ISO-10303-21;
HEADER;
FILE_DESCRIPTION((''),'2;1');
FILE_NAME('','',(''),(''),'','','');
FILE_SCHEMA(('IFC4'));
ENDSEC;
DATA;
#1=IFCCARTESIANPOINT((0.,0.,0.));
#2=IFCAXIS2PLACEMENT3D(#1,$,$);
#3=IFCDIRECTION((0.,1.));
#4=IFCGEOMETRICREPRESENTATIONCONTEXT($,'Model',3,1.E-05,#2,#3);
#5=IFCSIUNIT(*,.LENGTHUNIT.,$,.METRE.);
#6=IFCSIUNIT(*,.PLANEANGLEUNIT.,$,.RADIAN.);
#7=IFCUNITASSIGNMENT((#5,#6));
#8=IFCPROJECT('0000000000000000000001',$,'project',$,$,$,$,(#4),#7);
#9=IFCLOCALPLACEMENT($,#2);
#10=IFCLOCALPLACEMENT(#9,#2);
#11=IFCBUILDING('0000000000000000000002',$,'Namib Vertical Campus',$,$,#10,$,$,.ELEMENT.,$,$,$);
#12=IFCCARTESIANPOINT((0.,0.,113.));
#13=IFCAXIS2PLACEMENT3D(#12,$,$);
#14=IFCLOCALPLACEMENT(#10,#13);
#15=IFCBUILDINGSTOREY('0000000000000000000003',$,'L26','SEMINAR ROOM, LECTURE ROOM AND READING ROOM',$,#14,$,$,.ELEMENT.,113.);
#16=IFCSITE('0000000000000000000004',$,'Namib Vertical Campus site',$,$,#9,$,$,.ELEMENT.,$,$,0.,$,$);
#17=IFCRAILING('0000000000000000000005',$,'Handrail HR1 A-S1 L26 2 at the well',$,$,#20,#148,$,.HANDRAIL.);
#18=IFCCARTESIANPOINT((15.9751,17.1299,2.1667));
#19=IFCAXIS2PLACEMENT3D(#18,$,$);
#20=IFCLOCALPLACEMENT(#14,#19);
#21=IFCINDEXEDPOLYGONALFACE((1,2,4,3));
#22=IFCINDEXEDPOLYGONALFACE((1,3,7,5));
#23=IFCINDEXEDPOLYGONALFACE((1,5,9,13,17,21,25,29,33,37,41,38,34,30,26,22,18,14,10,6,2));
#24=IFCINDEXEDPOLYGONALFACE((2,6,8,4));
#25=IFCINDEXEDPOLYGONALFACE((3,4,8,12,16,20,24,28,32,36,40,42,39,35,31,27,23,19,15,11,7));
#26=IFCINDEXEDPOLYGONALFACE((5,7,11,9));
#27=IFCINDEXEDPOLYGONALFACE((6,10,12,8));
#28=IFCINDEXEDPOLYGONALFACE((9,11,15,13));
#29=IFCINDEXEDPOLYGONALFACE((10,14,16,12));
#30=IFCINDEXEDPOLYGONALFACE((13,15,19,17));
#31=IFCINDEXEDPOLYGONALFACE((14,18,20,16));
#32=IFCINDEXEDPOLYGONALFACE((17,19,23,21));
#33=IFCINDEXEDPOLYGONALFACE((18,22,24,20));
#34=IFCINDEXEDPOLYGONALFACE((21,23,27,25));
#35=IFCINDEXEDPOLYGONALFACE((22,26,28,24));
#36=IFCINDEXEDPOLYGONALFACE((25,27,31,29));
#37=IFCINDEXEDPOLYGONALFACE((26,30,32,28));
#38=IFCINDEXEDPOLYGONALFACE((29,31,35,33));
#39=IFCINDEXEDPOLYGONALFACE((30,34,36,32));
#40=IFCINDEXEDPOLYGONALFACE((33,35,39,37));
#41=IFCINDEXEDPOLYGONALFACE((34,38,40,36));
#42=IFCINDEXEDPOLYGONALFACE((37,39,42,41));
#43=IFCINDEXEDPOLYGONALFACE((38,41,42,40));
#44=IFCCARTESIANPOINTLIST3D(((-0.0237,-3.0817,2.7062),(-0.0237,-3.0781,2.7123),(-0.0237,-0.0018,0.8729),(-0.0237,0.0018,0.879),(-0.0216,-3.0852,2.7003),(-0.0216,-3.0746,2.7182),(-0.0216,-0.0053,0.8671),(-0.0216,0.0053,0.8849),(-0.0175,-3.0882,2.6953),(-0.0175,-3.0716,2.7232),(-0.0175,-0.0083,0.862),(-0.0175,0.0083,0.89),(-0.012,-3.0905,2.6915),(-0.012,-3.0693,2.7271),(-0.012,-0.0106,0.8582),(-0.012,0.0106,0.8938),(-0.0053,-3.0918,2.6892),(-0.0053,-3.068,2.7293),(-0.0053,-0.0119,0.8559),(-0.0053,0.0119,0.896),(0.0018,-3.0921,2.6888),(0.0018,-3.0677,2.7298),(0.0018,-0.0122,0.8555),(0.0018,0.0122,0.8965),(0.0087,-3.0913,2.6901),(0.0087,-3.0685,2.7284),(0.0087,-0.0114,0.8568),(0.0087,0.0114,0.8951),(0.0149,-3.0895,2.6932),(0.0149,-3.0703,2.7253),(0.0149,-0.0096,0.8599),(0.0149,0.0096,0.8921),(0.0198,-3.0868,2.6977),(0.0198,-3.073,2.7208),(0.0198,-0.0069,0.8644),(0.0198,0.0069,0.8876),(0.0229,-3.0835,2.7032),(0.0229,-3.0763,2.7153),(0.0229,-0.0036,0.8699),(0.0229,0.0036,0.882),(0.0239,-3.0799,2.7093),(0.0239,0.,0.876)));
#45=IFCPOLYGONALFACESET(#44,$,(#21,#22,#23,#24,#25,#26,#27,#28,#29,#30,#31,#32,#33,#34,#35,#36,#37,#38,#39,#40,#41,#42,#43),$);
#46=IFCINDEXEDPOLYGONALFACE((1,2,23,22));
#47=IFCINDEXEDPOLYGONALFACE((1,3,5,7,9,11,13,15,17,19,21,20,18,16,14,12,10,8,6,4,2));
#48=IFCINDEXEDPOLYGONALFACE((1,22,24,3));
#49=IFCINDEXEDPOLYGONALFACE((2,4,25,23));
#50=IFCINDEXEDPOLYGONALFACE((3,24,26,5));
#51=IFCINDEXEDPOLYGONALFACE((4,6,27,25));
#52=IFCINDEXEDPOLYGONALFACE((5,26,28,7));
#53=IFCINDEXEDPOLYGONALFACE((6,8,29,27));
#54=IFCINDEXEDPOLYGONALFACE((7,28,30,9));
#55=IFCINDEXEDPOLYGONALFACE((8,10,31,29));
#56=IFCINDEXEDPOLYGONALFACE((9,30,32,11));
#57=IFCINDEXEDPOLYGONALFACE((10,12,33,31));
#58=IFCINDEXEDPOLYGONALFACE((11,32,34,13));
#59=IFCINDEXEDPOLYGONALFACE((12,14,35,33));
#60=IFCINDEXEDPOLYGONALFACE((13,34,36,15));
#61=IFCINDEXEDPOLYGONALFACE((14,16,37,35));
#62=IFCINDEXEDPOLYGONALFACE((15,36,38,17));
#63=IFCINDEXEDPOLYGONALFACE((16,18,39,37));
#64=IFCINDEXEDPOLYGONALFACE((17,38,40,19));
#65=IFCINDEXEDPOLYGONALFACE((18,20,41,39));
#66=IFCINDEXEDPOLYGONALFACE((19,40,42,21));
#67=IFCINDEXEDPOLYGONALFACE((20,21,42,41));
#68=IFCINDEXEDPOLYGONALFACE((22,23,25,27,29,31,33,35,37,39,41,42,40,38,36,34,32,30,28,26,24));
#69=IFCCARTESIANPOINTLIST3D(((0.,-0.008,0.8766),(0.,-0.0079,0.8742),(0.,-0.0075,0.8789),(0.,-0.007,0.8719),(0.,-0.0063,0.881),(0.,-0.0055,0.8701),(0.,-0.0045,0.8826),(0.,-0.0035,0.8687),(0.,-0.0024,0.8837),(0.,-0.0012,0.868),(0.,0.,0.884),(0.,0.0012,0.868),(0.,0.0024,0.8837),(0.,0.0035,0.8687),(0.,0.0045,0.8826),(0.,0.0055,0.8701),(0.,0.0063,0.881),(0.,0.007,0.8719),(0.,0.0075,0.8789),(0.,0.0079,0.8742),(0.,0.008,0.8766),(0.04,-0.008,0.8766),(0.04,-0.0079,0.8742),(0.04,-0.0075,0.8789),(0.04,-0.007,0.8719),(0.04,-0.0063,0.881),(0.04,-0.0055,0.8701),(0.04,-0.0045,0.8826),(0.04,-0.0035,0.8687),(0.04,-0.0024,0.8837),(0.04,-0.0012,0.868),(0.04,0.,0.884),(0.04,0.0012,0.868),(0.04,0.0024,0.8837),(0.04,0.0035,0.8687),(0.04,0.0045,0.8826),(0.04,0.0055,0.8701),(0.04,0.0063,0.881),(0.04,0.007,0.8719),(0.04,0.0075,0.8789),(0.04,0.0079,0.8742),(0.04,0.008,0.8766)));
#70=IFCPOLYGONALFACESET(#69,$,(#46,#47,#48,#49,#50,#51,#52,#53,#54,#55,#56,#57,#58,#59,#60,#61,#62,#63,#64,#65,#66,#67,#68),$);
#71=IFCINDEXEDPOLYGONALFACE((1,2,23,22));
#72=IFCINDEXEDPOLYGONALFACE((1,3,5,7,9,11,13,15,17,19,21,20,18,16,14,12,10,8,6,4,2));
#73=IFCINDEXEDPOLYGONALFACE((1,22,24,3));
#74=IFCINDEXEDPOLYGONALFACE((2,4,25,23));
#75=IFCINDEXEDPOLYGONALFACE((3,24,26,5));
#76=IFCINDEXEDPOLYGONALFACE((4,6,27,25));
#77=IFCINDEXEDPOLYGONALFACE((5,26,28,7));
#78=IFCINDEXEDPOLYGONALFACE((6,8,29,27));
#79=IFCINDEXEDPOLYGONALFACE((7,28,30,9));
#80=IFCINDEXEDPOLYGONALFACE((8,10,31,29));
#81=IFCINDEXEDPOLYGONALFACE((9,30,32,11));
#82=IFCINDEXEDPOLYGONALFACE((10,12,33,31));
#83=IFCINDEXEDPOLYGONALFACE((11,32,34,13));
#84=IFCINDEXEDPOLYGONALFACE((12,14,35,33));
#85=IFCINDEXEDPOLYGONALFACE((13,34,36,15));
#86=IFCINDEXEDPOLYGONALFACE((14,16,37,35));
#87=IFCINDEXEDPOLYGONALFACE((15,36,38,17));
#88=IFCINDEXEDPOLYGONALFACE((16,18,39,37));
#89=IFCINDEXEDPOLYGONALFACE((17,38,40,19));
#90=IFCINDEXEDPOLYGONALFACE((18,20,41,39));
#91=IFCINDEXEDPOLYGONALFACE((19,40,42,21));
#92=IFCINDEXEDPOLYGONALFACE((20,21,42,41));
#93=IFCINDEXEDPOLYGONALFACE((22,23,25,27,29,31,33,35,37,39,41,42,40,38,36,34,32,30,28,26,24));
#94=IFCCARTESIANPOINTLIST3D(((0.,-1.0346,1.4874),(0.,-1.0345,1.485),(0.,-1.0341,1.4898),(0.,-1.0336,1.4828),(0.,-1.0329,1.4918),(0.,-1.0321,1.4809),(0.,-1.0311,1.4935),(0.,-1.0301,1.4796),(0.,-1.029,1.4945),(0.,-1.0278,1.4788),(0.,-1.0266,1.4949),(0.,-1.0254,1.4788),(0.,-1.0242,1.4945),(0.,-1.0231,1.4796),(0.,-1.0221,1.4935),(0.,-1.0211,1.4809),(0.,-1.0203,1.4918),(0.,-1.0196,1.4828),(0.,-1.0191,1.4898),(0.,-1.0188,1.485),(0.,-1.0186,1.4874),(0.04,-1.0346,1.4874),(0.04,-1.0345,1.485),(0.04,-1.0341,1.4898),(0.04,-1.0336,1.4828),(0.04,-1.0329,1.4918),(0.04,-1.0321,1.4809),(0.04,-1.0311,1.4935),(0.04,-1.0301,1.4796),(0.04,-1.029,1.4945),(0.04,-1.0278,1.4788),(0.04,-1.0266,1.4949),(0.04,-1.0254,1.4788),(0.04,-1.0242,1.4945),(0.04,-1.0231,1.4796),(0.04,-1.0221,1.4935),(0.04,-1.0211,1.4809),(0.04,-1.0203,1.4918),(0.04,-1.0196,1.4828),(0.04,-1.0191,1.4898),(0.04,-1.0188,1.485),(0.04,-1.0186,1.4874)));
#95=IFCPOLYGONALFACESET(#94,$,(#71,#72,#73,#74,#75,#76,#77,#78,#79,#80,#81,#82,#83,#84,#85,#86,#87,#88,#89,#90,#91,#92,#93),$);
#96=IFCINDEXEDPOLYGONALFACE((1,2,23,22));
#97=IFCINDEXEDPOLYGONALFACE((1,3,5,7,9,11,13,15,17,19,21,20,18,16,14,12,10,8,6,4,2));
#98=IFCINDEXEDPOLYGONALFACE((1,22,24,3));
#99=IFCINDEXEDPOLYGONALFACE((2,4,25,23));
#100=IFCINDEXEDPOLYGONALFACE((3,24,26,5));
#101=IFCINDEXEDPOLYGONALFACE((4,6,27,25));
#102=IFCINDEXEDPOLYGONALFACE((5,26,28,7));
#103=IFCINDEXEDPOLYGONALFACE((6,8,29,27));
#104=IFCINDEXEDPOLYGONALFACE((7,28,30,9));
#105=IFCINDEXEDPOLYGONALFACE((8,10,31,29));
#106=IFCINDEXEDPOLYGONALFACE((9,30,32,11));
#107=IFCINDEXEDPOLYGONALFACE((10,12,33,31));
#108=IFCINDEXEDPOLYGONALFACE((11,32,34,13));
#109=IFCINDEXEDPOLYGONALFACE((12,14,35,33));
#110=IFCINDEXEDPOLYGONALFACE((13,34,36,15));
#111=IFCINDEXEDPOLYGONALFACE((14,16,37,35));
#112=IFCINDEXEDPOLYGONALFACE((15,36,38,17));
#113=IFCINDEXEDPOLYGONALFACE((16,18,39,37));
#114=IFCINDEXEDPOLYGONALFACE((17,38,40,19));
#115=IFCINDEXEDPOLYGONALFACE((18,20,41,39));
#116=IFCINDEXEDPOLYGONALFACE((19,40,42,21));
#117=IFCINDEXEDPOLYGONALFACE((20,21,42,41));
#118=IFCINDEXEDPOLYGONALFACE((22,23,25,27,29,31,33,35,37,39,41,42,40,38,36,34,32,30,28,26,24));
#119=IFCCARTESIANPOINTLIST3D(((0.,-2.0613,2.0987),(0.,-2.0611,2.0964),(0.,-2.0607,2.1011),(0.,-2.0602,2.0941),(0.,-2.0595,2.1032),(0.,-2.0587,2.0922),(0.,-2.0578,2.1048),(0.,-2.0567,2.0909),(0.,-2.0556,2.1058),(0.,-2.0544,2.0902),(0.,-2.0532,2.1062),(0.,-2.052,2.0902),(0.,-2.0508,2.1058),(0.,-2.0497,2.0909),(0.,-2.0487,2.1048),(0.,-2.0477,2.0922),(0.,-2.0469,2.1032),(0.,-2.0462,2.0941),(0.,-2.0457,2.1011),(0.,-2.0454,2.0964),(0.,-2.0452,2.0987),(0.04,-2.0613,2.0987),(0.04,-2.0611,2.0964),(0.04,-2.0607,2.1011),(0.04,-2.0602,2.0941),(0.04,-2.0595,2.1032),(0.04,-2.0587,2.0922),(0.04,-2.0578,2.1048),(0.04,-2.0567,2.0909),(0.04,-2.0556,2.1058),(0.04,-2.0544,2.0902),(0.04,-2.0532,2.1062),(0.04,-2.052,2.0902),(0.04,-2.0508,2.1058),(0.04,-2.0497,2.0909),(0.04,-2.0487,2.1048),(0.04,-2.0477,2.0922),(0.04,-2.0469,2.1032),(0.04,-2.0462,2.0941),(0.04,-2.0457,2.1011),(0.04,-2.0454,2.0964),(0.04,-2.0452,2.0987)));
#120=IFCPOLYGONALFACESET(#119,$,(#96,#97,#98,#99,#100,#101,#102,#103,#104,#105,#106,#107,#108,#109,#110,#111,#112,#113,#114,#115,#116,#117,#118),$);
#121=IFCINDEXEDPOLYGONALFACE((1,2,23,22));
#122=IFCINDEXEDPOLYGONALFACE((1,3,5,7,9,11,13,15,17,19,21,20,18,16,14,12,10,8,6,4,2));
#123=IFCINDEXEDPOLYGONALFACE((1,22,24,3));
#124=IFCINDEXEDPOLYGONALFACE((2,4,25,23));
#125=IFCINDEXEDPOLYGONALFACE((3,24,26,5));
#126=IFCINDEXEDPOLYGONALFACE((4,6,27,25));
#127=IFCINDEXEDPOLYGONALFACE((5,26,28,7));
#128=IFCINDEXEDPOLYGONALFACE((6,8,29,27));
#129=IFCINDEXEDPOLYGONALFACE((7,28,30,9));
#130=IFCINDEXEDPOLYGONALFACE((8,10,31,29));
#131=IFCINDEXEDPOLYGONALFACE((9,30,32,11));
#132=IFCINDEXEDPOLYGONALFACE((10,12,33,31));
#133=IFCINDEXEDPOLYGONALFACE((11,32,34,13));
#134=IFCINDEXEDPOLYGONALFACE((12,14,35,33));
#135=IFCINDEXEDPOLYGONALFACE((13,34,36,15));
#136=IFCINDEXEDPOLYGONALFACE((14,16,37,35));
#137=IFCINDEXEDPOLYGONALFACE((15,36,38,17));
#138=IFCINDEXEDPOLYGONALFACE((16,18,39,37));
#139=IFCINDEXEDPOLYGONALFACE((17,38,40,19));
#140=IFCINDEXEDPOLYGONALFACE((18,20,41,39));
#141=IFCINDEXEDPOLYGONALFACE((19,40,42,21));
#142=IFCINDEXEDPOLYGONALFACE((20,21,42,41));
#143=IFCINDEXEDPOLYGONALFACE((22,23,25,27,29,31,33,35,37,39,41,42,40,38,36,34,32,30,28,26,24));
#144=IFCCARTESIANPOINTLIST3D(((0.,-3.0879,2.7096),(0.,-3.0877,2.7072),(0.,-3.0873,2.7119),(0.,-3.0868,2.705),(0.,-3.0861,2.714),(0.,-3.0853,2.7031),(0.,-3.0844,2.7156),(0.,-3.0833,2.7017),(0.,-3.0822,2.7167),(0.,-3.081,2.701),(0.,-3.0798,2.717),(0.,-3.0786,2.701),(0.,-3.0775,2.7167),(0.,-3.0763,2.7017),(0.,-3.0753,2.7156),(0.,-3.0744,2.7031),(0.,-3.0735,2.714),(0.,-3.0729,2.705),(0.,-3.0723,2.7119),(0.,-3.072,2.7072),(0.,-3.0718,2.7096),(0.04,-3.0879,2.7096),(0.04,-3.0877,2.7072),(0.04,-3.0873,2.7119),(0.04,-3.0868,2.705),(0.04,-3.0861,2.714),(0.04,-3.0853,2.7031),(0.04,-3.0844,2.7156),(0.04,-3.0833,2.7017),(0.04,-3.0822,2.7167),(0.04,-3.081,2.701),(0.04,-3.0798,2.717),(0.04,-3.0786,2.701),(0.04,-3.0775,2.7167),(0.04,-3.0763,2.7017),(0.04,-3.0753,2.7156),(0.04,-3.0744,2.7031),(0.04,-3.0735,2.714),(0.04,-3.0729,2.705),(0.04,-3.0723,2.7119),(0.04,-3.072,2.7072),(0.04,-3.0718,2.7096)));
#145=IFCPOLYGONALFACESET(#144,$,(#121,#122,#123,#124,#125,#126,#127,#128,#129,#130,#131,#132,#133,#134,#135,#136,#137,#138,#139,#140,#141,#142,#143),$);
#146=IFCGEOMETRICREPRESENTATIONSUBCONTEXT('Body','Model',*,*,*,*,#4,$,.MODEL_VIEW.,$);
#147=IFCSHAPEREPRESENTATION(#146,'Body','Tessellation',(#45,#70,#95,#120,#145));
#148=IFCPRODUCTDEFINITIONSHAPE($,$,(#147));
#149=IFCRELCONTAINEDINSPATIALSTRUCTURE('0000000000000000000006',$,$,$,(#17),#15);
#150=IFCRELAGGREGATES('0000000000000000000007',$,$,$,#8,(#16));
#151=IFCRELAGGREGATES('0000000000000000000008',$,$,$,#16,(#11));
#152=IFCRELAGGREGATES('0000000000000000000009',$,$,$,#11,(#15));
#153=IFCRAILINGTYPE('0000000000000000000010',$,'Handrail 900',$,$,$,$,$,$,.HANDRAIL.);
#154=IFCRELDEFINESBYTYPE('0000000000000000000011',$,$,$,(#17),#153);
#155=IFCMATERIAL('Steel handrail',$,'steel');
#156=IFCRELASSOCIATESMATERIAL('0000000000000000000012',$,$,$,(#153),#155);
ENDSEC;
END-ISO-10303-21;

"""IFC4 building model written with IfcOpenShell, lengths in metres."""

from ifc_helpers import new_model, si_unit, direction, frame, origin, origin_2d, place, context, subcontext, project, spatial, circle, extrude, material, type_object, element, save


model = new_model("IFC4")

# Units and contexts
model_context = context("Model", 3, precision=1e-05, world=origin(), true_north=direction((0.0, 1.0)))
body_context = subcontext(model_context, "Body", "Model", "MODEL_VIEW")
ifc_project = project(units=[si_unit("LENGTHUNIT", "METRE"), si_unit("PLANEANGLEUNIT", "RADIAN")], contexts=[model_context])

# Site, building, storey
site_placement = place(None, origin())
site = spatial("IfcSite", under=ifc_project, at=site_placement, Name="Namib Vertical Campus site", CompositionType="ELEMENT", RefElevation=0.0)
building_placement = place(site_placement, origin())
building = spatial("IfcBuilding", under=site, at=building_placement, Name="Namib Vertical Campus", CompositionType="ELEMENT")
storey_placement = place(building_placement, frame((0.0, 0.0, 113.0)))
storey = spatial("IfcBuildingStorey", under=building, at=storey_placement, Name="L26", Description="SEMINAR ROOM, LECTURE ROOM AND READING ROOM", CompositionType="ELEMENT", Elevation=113.0)

# Railing
ifc_material_1 = material(Name="Steel handrail", Category="steel")
railing_type = type_object("IfcRailingType", Name="Handrail 900", PredefinedType="HANDRAIL", material=ifc_material_1)
railing_1_placement = place(storey_placement, frame((15.9751, 17.1299, 2.1667)))
element("IfcRailing", 1, at=railing_1_placement, inside=storey, type_object=railing_type, Name="Handrail HR1 A-S1 L26 2 at the well", PredefinedType="HANDRAIL", context=body_context, shape_type="SweptSolid", body=[
    extrude(circle(Radius=0.0239, at=origin_2d()), frame((0.0, 0.0, 0.876), z_axis=(0.0, -0.859291, 0.511487), x_axis=(1.0, 0.0, 0.0)), (0.0, 0.0, 1.0), 3.5842),
    extrude(circle(Radius=0.0081, at=origin_2d()), frame((0.0, 0.0, 0.876), z_axis=(1.0, 0.0, 0.0), x_axis=(0.0, 0.0, 1.0)), (0.0, 0.0, 1.0), 0.04),
    extrude(circle(Radius=0.0081, at=origin_2d()), frame((0.0, -1.0266, 1.4868), z_axis=(1.0, 0.0, 0.0), x_axis=(0.0, 0.0, 1.0)), (0.0, 0.0, 1.0), 0.04),
    extrude(circle(Radius=0.0081, at=origin_2d()), frame((0.0, -2.0532, 2.0981), z_axis=(1.0, 0.0, 0.0), x_axis=(0.0, 0.0, 1.0)), (0.0, 0.0, 1.0), 0.04),
    extrude(circle(Radius=0.0081, at=origin_2d()), frame((0.0, -3.0798, 2.709), z_axis=(1.0, 0.0, 0.0), x_axis=(0.0, 0.0, 1.0)), (0.0, 0.0, 1.0), 0.04),
])

save(model, "model.ifc")
